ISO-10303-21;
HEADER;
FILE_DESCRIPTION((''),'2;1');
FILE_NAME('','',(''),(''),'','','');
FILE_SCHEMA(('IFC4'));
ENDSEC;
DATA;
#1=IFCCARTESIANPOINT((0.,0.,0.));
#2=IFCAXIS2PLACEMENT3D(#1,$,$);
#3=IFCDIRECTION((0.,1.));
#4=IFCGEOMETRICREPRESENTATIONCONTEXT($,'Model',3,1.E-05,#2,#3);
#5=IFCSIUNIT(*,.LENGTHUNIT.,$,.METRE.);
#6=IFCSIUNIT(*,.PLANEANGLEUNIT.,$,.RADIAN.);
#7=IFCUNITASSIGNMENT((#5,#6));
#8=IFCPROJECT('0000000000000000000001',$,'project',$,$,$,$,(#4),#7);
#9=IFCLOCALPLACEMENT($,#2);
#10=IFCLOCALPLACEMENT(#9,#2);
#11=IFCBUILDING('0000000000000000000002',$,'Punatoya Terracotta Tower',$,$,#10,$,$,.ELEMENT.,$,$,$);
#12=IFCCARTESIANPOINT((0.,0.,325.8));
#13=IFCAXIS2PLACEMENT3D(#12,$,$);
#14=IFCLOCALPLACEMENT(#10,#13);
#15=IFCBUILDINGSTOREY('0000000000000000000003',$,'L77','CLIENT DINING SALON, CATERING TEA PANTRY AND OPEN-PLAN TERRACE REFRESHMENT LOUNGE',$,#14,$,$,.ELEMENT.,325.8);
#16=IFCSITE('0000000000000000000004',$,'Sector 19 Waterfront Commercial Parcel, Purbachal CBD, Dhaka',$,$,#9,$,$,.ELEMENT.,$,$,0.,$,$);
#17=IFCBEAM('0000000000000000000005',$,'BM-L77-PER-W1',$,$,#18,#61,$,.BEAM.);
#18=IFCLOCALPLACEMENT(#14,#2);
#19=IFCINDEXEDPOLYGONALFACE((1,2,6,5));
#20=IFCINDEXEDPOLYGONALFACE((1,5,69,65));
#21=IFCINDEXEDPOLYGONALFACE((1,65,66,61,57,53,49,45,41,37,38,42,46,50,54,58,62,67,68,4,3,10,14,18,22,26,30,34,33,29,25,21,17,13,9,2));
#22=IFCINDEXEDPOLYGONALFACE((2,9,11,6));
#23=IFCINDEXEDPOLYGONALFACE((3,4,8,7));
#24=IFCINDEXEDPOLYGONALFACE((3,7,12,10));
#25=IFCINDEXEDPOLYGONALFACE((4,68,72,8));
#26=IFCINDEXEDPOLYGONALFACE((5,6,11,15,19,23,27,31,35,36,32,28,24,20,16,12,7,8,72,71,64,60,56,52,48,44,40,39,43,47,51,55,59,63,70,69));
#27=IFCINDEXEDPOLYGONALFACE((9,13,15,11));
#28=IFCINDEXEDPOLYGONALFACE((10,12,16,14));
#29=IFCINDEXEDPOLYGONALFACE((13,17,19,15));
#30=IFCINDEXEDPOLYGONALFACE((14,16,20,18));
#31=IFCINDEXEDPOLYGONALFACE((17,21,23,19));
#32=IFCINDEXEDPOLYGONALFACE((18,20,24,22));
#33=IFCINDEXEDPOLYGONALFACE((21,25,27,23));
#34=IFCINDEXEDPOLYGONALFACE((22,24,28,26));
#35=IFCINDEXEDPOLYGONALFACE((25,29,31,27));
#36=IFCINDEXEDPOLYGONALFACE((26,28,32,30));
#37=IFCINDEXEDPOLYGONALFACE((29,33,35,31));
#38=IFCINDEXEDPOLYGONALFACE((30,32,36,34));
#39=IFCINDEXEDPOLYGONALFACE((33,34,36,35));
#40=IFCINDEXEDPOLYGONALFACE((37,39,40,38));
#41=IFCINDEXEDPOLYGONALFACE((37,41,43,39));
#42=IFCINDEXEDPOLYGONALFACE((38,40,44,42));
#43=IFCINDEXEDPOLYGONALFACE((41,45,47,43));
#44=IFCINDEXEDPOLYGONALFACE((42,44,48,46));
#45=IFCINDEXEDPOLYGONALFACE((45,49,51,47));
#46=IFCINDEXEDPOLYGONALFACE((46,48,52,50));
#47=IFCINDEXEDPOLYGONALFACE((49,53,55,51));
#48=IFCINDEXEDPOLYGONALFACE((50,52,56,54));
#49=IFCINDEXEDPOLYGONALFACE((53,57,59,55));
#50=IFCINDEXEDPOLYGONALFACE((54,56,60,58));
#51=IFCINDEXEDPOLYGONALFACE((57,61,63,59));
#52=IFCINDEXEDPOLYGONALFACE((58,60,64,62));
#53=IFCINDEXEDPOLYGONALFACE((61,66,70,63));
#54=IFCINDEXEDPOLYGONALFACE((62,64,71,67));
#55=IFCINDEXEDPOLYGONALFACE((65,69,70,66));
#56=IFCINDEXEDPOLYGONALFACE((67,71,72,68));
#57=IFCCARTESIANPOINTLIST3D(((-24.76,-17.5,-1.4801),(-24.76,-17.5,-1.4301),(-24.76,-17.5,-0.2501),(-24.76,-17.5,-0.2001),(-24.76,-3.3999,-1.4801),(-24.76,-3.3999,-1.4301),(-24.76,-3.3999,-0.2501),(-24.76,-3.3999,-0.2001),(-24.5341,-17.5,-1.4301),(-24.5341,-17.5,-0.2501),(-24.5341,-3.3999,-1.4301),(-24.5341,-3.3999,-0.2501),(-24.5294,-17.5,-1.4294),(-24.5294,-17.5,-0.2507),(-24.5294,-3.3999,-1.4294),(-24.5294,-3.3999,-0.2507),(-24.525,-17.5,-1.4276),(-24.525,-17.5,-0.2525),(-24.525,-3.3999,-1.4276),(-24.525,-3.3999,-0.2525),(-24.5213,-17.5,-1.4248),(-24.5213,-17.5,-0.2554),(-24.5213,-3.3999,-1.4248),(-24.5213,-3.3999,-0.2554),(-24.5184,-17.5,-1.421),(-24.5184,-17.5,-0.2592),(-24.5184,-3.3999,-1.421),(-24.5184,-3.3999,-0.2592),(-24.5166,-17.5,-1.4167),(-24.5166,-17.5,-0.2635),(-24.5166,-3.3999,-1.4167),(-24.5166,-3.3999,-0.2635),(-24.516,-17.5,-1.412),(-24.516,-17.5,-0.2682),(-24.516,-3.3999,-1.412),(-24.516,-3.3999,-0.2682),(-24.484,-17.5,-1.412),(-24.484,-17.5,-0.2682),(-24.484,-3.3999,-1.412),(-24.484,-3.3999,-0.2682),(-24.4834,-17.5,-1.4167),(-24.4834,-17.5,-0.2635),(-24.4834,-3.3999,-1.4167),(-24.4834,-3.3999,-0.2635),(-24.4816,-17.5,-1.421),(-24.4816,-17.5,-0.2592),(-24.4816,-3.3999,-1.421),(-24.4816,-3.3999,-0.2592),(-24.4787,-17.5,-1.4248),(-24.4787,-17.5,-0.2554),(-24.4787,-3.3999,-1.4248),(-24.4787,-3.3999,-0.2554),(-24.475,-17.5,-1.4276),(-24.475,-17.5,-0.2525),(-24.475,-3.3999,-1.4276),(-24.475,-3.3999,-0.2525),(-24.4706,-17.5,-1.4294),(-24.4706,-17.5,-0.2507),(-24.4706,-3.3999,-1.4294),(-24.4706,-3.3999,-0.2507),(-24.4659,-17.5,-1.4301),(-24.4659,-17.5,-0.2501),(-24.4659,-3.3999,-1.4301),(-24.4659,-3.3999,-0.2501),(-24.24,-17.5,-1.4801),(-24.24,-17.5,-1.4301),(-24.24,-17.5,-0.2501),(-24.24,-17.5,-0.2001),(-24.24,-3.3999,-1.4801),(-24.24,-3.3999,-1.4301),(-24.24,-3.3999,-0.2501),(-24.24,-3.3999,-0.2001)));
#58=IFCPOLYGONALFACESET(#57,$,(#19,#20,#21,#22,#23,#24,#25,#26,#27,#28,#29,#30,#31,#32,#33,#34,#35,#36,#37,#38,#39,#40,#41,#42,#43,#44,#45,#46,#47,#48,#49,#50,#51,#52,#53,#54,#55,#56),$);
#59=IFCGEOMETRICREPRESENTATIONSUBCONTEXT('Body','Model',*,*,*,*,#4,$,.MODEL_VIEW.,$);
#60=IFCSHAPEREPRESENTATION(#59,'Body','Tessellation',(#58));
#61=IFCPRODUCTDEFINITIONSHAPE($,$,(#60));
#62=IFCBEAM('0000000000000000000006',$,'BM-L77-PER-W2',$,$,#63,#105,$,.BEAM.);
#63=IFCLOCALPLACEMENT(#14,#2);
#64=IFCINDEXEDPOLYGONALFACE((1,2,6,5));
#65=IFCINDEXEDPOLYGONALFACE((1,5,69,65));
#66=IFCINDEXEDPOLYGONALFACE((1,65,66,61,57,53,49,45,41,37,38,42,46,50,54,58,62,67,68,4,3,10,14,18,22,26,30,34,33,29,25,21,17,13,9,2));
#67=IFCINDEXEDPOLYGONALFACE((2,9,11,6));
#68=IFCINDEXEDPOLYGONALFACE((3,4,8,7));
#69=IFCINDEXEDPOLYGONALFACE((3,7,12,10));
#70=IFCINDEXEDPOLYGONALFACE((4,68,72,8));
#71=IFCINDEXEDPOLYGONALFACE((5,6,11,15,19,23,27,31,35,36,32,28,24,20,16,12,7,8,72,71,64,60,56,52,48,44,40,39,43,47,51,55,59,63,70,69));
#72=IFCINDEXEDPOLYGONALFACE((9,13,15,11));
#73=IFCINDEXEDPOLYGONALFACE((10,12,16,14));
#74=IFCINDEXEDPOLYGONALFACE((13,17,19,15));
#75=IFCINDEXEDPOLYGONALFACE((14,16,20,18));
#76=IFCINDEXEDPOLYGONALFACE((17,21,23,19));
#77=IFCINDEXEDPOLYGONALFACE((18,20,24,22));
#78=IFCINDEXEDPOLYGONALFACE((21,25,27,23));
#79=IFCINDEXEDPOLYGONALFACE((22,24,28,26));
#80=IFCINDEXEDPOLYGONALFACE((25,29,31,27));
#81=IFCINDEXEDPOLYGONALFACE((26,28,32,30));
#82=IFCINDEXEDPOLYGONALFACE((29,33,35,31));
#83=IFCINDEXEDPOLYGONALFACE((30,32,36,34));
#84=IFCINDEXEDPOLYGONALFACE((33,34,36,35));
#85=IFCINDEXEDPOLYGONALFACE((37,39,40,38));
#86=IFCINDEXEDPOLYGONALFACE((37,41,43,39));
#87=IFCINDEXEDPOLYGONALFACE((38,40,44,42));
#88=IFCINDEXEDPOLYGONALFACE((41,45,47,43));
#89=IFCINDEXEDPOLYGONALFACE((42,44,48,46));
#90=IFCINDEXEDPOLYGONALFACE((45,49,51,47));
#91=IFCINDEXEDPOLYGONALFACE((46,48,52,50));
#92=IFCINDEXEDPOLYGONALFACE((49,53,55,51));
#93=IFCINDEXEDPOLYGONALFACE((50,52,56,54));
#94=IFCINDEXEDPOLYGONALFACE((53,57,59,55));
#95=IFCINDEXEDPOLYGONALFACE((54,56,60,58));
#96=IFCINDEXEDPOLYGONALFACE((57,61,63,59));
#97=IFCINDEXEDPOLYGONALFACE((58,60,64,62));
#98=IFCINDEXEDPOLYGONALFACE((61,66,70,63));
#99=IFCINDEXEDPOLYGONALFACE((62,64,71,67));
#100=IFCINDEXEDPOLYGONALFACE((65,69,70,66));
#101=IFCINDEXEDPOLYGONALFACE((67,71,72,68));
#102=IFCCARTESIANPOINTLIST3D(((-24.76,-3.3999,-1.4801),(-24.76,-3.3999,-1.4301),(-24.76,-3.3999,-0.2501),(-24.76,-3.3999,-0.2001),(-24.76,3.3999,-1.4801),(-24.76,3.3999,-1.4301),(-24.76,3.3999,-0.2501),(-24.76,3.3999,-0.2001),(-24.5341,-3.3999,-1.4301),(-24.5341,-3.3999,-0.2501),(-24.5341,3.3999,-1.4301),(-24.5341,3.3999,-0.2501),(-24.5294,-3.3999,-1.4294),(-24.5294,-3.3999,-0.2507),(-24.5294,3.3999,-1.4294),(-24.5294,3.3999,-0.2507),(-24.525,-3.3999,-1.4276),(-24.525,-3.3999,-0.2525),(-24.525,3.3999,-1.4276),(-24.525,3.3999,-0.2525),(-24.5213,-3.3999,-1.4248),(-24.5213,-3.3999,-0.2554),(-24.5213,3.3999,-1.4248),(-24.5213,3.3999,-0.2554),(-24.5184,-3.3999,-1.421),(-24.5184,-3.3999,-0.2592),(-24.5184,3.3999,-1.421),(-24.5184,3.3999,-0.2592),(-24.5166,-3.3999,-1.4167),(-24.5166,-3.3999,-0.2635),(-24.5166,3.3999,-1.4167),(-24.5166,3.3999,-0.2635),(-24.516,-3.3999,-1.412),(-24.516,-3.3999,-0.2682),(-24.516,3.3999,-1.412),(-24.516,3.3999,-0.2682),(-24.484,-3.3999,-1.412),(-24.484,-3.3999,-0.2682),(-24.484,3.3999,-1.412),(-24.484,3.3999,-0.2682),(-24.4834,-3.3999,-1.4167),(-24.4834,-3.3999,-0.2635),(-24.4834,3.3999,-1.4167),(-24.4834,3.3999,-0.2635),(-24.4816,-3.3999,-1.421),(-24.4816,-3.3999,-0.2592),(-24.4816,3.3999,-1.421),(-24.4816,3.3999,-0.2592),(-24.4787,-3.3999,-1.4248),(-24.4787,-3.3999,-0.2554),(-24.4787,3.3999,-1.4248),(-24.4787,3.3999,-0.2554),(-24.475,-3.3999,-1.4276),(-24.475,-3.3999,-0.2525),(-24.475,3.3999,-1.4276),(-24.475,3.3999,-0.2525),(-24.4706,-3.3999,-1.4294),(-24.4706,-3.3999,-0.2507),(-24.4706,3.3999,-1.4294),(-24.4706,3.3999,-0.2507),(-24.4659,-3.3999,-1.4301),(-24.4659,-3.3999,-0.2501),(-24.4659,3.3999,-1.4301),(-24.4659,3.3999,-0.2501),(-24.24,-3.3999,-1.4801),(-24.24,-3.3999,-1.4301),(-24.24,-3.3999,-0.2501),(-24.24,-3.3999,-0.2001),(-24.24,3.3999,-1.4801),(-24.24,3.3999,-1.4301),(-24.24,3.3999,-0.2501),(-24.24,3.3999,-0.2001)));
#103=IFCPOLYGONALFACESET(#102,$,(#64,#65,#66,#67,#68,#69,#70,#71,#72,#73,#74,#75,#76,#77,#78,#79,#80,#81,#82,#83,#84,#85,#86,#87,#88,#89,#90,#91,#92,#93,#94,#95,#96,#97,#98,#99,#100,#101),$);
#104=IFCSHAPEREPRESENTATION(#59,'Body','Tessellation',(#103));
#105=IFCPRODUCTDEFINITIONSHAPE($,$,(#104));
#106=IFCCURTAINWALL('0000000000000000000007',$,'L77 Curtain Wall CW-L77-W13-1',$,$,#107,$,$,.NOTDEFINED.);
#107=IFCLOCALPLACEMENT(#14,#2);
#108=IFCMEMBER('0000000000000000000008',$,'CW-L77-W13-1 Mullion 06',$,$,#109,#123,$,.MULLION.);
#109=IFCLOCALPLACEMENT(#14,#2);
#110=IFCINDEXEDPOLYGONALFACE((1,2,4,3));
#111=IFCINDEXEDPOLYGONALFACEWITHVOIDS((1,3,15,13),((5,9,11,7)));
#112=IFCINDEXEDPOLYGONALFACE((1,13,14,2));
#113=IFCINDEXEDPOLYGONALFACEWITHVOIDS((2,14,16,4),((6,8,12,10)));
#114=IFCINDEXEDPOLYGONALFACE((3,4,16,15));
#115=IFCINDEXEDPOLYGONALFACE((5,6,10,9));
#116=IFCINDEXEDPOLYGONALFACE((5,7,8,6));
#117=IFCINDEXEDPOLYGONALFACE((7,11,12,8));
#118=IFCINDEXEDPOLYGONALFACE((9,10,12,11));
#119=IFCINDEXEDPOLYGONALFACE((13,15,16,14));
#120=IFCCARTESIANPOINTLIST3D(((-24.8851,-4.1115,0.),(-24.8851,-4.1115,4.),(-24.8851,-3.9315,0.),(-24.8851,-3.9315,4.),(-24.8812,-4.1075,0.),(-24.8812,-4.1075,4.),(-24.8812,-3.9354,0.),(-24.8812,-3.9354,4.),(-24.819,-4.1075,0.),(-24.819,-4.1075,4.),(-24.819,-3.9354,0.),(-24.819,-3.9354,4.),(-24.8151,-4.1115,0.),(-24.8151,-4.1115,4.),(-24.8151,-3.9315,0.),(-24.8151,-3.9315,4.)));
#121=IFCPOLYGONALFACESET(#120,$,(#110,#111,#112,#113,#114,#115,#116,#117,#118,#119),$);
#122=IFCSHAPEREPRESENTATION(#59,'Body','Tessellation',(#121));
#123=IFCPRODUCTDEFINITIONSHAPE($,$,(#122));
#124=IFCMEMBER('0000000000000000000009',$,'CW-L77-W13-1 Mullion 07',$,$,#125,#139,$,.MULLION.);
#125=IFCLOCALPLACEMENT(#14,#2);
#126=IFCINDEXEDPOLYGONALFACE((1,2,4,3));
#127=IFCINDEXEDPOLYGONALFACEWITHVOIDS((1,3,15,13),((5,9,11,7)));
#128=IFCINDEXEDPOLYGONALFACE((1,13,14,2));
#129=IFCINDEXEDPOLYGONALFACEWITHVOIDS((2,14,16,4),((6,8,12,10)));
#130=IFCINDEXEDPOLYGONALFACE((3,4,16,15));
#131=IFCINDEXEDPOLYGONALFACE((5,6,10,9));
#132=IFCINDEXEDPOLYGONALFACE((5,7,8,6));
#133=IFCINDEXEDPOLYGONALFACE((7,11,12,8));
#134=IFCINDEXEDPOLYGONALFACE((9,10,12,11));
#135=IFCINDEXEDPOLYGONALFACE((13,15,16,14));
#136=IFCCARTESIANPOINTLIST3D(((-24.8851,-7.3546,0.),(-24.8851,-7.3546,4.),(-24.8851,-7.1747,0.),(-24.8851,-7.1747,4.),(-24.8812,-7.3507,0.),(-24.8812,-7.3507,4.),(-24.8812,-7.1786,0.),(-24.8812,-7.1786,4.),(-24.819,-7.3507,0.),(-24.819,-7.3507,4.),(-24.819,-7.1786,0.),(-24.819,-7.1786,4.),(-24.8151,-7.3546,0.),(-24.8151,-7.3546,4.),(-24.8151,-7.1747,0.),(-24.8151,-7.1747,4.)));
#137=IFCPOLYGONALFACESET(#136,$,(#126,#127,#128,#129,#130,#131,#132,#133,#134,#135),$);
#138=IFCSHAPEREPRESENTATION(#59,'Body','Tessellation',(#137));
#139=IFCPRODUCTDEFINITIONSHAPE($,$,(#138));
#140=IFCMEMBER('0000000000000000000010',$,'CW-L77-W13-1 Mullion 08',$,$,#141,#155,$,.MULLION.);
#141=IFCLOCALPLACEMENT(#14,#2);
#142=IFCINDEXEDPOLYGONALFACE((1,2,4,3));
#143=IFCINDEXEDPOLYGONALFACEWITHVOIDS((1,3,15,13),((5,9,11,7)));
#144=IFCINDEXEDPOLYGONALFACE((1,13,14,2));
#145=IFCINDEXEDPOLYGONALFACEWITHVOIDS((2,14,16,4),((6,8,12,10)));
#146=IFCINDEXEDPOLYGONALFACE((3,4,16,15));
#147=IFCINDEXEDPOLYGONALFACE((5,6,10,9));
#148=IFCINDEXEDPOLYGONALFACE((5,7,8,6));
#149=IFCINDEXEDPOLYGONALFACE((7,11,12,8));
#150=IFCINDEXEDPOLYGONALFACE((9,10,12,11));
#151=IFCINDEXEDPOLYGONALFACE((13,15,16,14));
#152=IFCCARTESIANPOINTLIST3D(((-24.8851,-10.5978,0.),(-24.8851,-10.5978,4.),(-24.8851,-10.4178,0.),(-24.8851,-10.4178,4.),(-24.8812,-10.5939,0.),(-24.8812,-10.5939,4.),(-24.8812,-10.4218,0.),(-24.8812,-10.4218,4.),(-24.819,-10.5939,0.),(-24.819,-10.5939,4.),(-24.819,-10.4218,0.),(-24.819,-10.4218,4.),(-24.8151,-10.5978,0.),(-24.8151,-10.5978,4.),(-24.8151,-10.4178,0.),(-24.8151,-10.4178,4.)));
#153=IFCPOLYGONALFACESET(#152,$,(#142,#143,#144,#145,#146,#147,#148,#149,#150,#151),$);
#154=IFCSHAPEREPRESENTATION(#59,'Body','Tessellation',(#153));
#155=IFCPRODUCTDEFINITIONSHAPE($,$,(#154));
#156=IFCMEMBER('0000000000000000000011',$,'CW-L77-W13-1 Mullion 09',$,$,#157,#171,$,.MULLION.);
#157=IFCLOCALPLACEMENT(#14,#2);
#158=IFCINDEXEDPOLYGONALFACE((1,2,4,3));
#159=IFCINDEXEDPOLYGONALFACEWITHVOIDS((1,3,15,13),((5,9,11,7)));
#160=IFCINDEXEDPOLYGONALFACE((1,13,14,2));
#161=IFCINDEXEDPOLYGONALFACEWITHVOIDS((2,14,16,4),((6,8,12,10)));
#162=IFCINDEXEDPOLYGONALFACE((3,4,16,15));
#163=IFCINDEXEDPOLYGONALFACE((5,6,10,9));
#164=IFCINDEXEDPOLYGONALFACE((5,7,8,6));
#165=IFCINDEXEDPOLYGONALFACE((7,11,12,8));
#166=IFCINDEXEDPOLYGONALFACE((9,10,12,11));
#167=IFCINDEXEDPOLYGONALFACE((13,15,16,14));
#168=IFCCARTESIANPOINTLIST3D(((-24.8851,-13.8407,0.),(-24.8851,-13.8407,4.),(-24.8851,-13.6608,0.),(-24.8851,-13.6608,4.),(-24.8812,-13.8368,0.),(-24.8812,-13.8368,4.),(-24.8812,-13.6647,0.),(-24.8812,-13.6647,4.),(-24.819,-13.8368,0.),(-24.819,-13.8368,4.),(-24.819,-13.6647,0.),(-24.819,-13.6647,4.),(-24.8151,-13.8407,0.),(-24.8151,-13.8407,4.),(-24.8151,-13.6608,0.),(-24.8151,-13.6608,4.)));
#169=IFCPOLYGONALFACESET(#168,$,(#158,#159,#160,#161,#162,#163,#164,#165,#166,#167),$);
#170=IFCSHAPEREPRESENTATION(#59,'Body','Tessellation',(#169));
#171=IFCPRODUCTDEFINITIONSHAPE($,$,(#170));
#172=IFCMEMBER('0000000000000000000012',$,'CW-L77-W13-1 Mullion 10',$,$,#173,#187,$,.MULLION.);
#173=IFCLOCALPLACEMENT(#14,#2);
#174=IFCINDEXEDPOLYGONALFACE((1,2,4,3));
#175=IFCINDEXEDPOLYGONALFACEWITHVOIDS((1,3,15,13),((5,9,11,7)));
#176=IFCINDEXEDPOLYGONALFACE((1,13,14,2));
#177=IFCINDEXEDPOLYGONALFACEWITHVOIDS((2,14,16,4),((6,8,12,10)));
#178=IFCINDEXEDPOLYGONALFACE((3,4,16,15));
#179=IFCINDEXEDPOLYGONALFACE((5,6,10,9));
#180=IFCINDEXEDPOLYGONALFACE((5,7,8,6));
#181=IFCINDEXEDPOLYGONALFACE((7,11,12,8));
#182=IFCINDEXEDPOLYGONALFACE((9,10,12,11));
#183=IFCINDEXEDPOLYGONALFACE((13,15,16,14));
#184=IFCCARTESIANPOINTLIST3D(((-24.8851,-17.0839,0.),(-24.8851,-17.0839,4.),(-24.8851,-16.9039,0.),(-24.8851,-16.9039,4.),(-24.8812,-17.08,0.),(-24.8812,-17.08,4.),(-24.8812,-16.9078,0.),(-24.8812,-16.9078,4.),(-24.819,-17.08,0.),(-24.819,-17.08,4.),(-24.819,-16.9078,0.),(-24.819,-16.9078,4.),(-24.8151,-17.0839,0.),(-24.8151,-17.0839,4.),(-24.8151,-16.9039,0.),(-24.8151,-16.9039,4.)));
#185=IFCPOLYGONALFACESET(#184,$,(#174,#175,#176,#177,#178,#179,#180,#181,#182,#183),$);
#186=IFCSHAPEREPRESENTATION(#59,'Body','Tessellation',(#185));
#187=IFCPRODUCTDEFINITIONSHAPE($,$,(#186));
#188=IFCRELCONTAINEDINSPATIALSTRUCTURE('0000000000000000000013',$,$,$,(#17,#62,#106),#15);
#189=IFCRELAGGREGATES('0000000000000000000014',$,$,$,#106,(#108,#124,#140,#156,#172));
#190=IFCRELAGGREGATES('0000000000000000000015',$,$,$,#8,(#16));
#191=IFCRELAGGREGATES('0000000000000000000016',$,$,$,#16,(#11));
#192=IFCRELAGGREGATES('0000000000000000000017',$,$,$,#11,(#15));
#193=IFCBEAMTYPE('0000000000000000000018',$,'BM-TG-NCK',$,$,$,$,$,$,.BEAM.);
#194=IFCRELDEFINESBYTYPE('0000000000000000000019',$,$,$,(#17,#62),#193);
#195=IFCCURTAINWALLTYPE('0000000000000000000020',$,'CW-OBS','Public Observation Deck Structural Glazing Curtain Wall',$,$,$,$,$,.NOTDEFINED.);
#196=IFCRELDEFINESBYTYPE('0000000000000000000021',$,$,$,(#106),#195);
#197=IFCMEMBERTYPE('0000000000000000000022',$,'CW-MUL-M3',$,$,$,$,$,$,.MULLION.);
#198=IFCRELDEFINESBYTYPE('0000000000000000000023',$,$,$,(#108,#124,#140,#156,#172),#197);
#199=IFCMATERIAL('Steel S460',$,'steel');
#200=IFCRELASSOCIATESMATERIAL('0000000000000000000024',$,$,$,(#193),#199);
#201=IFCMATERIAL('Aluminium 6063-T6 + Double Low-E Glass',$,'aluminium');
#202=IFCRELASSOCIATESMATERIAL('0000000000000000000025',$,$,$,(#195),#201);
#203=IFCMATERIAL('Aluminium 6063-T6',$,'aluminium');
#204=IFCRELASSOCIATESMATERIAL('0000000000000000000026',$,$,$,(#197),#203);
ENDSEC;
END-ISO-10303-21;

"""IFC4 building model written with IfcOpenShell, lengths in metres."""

from ifc_helpers import new_model, si_unit, direction, frame, origin, origin_2d, place, context, subcontext, project, spatial, hollow_rectangle, i_section, extrude, material, material_profile, profile_set, type_object, element, aggregate, save


model = new_model("IFC4")

# Units and contexts
model_context = context("Model", 3, precision=1e-05, world=origin(), true_north=direction((0.0, 1.0)))
body_context = subcontext(model_context, "Body", "Model", "MODEL_VIEW")
ifc_project = project(units=[si_unit("LENGTHUNIT", "METRE"), si_unit("PLANEANGLEUNIT", "RADIAN")], contexts=[model_context])

# Site, building, storey
site_placement = place(None, origin())
site = spatial("IfcSite", under=ifc_project, at=site_placement, Name="Sector 19 Waterfront Commercial Parcel, Purbachal CBD, Dhaka", CompositionType="ELEMENT", RefElevation=0.0)
building_placement = place(site_placement, origin())
building = spatial("IfcBuilding", under=site, at=building_placement, Name="Punatoya Terracotta Tower", CompositionType="ELEMENT")
storey_placement = place(building_placement, frame((0.0, 0.0, 325.8)))
storey = spatial("IfcBuildingStorey", under=building, at=storey_placement, Name="L77", Description="CLIENT DINING SALON, CATERING TEA PANTRY AND OPEN-PLAN TERRACE REFRESHMENT LOUNGE", CompositionType="ELEMENT", Elevation=325.8)

# Shared definitions
ifc_material_1 = material(Name="Steel S460", Category="steel")

# Beams
ifc_material_profile_1 = material_profile(ifc_material_1, i_section(OverallWidth=0.52, OverallDepth=1.28, WebThickness=0.032, FlangeThickness=0.05, FilletRadius=0.0181, at=origin_2d()))
ifc_profile_set_1 = profile_set([ifc_material_profile_1], Name="Steel S460")
beam_type_1 = type_object("IfcBeamType", Name="BM-TG-NCK", PredefinedType="BEAM", material=ifc_profile_set_1)
beam_1_placement = place(storey_placement, frame((-24.5, -17.5, -0.8401), z_axis=(0.0, 1.0, 0.0), x_axis=(-1.0, 0.0, 0.0)))
element("IfcBeam", 1, at=beam_1_placement, inside=storey, type_object=beam_type_1, Name="BM-L77-PER-W1", PredefinedType="BEAM", context=body_context, shape_type="SweptSolid", body=[
    extrude(i_section(OverallWidth=0.52, OverallDepth=1.28, WebThickness=0.032, FlangeThickness=0.05, FilletRadius=0.0181, at=origin_2d()), origin(), (0.0, 0.0, 1.0), 14.1001),
])
beam_2_placement = place(storey_placement, frame((-24.5, -3.3999, -0.8401), z_axis=(0.0, 1.0, 0.0), x_axis=(-1.0, 0.0, 0.0)))
element("IfcBeam", 2, at=beam_2_placement, inside=storey, type_object=beam_type_1, Name="BM-L77-PER-W2", PredefinedType="BEAM", context=body_context, shape_type="SweptSolid", body=[
    extrude(i_section(OverallWidth=0.52, OverallDepth=1.28, WebThickness=0.032, FlangeThickness=0.05, FilletRadius=0.0181, at=origin_2d()), origin(), (0.0, 0.0, 1.0), 6.7998),
])

# Curtain wall, members
ifc_material_2 = material(Name="Aluminium 6063-T6 + Double Low-E Glass", Category="aluminium")
curtain_wall_type = type_object("IfcCurtainWallType", Name="CW-OBS", Description="Public Observation Deck Structural Glazing Curtain Wall", PredefinedType="NOTDEFINED", material=ifc_material_2)
curtain_wall_1_placement = place(storey_placement, origin())
curtain_wall_1 = element("IfcCurtainWall", 3, at=curtain_wall_1_placement, inside=storey, type_object=curtain_wall_type, Name="L77 Curtain Wall CW-L77-W13-1", PredefinedType="NOTDEFINED")
ifc_material_3 = material(Name="Aluminium 6063-T6", Category="aluminium")
ifc_material_profile_2 = material_profile(ifc_material_3, hollow_rectangle(XDim=0.0701, YDim=0.1799, WallThickness=0.0039, at=origin_2d()))
ifc_profile_set_2 = profile_set([ifc_material_profile_2], Name="Aluminium 6063-T6")
member_type_1 = type_object("IfcMemberType", Name="CW-MUL-M3", PredefinedType="MULLION", material=ifc_profile_set_2)
member_1_placement = place(storey_placement, frame((-24.8501, -4.0215, 0.0), z_axis=(0.0, 0.0, 1.0), x_axis=(1.0, 0.0, 0.0)))
member_1 = element("IfcMember", 4, at=member_1_placement, type_object=member_type_1, Name="CW-L77-W13-1 Mullion 06", PredefinedType="MULLION", context=body_context, shape_type="SweptSolid", body=[
    extrude(hollow_rectangle(XDim=0.0701, YDim=0.1799, WallThickness=0.0039, at=origin_2d()), origin(), (0.0, 0.0, 1.0), 4.0),
])
member_2_placement = place(storey_placement, frame((-24.8501, -7.2646, 0.0), z_axis=(0.0, 0.0, 1.0), x_axis=(1.0, 0.0, 0.0)))
member_2 = element("IfcMember", 5, at=member_2_placement, type_object=member_type_1, Name="CW-L77-W13-1 Mullion 07", PredefinedType="MULLION", context=body_context, shape_type="SweptSolid", body=[
    extrude(hollow_rectangle(XDim=0.0701, YDim=0.1799, WallThickness=0.0039, at=origin_2d()), origin(), (0.0, 0.0, 1.0), 4.0),
])
member_3_placement = place(storey_placement, frame((-24.8501, -10.5078, 0.0), z_axis=(0.0, 0.0, 1.0), x_axis=(1.0, 0.0, 0.0)))
member_3 = element("IfcMember", 6, at=member_3_placement, type_object=member_type_1, Name="CW-L77-W13-1 Mullion 08", PredefinedType="MULLION", context=body_context, shape_type="SweptSolid", body=[
    extrude(hollow_rectangle(XDim=0.0701, YDim=0.1799, WallThickness=0.0039, at=origin_2d()), origin(), (0.0, 0.0, 1.0), 4.0),
])
member_4_placement = place(storey_placement, frame((-24.8501, -13.7507, 0.0), z_axis=(0.0, 0.0, 1.0), x_axis=(1.0, 0.0, 0.0)))
member_4 = element("IfcMember", 7, at=member_4_placement, type_object=member_type_1, Name="CW-L77-W13-1 Mullion 09", PredefinedType="MULLION", context=body_context, shape_type="SweptSolid", body=[
    extrude(hollow_rectangle(XDim=0.0701, YDim=0.1799, WallThickness=0.0039, at=origin_2d()), origin(), (0.0, 0.0, 1.0), 4.0),
])
member_5_placement = place(storey_placement, frame((-24.8501, -16.9939, 0.0), z_axis=(0.0, 0.0, 1.0), x_axis=(1.0, 0.0, 0.0)))
member_5 = element("IfcMember", 8, at=member_5_placement, type_object=member_type_1, Name="CW-L77-W13-1 Mullion 10", PredefinedType="MULLION", context=body_context, shape_type="SweptSolid", body=[
    extrude(hollow_rectangle(XDim=0.0701, YDim=0.1799, WallThickness=0.0039, at=origin_2d()), origin(), (0.0, 0.0, 1.0), 4.0),
])

aggregate(curtain_wall_1, [member_1, member_2, member_3, member_4, member_5])

save(model, "model.ifc")
